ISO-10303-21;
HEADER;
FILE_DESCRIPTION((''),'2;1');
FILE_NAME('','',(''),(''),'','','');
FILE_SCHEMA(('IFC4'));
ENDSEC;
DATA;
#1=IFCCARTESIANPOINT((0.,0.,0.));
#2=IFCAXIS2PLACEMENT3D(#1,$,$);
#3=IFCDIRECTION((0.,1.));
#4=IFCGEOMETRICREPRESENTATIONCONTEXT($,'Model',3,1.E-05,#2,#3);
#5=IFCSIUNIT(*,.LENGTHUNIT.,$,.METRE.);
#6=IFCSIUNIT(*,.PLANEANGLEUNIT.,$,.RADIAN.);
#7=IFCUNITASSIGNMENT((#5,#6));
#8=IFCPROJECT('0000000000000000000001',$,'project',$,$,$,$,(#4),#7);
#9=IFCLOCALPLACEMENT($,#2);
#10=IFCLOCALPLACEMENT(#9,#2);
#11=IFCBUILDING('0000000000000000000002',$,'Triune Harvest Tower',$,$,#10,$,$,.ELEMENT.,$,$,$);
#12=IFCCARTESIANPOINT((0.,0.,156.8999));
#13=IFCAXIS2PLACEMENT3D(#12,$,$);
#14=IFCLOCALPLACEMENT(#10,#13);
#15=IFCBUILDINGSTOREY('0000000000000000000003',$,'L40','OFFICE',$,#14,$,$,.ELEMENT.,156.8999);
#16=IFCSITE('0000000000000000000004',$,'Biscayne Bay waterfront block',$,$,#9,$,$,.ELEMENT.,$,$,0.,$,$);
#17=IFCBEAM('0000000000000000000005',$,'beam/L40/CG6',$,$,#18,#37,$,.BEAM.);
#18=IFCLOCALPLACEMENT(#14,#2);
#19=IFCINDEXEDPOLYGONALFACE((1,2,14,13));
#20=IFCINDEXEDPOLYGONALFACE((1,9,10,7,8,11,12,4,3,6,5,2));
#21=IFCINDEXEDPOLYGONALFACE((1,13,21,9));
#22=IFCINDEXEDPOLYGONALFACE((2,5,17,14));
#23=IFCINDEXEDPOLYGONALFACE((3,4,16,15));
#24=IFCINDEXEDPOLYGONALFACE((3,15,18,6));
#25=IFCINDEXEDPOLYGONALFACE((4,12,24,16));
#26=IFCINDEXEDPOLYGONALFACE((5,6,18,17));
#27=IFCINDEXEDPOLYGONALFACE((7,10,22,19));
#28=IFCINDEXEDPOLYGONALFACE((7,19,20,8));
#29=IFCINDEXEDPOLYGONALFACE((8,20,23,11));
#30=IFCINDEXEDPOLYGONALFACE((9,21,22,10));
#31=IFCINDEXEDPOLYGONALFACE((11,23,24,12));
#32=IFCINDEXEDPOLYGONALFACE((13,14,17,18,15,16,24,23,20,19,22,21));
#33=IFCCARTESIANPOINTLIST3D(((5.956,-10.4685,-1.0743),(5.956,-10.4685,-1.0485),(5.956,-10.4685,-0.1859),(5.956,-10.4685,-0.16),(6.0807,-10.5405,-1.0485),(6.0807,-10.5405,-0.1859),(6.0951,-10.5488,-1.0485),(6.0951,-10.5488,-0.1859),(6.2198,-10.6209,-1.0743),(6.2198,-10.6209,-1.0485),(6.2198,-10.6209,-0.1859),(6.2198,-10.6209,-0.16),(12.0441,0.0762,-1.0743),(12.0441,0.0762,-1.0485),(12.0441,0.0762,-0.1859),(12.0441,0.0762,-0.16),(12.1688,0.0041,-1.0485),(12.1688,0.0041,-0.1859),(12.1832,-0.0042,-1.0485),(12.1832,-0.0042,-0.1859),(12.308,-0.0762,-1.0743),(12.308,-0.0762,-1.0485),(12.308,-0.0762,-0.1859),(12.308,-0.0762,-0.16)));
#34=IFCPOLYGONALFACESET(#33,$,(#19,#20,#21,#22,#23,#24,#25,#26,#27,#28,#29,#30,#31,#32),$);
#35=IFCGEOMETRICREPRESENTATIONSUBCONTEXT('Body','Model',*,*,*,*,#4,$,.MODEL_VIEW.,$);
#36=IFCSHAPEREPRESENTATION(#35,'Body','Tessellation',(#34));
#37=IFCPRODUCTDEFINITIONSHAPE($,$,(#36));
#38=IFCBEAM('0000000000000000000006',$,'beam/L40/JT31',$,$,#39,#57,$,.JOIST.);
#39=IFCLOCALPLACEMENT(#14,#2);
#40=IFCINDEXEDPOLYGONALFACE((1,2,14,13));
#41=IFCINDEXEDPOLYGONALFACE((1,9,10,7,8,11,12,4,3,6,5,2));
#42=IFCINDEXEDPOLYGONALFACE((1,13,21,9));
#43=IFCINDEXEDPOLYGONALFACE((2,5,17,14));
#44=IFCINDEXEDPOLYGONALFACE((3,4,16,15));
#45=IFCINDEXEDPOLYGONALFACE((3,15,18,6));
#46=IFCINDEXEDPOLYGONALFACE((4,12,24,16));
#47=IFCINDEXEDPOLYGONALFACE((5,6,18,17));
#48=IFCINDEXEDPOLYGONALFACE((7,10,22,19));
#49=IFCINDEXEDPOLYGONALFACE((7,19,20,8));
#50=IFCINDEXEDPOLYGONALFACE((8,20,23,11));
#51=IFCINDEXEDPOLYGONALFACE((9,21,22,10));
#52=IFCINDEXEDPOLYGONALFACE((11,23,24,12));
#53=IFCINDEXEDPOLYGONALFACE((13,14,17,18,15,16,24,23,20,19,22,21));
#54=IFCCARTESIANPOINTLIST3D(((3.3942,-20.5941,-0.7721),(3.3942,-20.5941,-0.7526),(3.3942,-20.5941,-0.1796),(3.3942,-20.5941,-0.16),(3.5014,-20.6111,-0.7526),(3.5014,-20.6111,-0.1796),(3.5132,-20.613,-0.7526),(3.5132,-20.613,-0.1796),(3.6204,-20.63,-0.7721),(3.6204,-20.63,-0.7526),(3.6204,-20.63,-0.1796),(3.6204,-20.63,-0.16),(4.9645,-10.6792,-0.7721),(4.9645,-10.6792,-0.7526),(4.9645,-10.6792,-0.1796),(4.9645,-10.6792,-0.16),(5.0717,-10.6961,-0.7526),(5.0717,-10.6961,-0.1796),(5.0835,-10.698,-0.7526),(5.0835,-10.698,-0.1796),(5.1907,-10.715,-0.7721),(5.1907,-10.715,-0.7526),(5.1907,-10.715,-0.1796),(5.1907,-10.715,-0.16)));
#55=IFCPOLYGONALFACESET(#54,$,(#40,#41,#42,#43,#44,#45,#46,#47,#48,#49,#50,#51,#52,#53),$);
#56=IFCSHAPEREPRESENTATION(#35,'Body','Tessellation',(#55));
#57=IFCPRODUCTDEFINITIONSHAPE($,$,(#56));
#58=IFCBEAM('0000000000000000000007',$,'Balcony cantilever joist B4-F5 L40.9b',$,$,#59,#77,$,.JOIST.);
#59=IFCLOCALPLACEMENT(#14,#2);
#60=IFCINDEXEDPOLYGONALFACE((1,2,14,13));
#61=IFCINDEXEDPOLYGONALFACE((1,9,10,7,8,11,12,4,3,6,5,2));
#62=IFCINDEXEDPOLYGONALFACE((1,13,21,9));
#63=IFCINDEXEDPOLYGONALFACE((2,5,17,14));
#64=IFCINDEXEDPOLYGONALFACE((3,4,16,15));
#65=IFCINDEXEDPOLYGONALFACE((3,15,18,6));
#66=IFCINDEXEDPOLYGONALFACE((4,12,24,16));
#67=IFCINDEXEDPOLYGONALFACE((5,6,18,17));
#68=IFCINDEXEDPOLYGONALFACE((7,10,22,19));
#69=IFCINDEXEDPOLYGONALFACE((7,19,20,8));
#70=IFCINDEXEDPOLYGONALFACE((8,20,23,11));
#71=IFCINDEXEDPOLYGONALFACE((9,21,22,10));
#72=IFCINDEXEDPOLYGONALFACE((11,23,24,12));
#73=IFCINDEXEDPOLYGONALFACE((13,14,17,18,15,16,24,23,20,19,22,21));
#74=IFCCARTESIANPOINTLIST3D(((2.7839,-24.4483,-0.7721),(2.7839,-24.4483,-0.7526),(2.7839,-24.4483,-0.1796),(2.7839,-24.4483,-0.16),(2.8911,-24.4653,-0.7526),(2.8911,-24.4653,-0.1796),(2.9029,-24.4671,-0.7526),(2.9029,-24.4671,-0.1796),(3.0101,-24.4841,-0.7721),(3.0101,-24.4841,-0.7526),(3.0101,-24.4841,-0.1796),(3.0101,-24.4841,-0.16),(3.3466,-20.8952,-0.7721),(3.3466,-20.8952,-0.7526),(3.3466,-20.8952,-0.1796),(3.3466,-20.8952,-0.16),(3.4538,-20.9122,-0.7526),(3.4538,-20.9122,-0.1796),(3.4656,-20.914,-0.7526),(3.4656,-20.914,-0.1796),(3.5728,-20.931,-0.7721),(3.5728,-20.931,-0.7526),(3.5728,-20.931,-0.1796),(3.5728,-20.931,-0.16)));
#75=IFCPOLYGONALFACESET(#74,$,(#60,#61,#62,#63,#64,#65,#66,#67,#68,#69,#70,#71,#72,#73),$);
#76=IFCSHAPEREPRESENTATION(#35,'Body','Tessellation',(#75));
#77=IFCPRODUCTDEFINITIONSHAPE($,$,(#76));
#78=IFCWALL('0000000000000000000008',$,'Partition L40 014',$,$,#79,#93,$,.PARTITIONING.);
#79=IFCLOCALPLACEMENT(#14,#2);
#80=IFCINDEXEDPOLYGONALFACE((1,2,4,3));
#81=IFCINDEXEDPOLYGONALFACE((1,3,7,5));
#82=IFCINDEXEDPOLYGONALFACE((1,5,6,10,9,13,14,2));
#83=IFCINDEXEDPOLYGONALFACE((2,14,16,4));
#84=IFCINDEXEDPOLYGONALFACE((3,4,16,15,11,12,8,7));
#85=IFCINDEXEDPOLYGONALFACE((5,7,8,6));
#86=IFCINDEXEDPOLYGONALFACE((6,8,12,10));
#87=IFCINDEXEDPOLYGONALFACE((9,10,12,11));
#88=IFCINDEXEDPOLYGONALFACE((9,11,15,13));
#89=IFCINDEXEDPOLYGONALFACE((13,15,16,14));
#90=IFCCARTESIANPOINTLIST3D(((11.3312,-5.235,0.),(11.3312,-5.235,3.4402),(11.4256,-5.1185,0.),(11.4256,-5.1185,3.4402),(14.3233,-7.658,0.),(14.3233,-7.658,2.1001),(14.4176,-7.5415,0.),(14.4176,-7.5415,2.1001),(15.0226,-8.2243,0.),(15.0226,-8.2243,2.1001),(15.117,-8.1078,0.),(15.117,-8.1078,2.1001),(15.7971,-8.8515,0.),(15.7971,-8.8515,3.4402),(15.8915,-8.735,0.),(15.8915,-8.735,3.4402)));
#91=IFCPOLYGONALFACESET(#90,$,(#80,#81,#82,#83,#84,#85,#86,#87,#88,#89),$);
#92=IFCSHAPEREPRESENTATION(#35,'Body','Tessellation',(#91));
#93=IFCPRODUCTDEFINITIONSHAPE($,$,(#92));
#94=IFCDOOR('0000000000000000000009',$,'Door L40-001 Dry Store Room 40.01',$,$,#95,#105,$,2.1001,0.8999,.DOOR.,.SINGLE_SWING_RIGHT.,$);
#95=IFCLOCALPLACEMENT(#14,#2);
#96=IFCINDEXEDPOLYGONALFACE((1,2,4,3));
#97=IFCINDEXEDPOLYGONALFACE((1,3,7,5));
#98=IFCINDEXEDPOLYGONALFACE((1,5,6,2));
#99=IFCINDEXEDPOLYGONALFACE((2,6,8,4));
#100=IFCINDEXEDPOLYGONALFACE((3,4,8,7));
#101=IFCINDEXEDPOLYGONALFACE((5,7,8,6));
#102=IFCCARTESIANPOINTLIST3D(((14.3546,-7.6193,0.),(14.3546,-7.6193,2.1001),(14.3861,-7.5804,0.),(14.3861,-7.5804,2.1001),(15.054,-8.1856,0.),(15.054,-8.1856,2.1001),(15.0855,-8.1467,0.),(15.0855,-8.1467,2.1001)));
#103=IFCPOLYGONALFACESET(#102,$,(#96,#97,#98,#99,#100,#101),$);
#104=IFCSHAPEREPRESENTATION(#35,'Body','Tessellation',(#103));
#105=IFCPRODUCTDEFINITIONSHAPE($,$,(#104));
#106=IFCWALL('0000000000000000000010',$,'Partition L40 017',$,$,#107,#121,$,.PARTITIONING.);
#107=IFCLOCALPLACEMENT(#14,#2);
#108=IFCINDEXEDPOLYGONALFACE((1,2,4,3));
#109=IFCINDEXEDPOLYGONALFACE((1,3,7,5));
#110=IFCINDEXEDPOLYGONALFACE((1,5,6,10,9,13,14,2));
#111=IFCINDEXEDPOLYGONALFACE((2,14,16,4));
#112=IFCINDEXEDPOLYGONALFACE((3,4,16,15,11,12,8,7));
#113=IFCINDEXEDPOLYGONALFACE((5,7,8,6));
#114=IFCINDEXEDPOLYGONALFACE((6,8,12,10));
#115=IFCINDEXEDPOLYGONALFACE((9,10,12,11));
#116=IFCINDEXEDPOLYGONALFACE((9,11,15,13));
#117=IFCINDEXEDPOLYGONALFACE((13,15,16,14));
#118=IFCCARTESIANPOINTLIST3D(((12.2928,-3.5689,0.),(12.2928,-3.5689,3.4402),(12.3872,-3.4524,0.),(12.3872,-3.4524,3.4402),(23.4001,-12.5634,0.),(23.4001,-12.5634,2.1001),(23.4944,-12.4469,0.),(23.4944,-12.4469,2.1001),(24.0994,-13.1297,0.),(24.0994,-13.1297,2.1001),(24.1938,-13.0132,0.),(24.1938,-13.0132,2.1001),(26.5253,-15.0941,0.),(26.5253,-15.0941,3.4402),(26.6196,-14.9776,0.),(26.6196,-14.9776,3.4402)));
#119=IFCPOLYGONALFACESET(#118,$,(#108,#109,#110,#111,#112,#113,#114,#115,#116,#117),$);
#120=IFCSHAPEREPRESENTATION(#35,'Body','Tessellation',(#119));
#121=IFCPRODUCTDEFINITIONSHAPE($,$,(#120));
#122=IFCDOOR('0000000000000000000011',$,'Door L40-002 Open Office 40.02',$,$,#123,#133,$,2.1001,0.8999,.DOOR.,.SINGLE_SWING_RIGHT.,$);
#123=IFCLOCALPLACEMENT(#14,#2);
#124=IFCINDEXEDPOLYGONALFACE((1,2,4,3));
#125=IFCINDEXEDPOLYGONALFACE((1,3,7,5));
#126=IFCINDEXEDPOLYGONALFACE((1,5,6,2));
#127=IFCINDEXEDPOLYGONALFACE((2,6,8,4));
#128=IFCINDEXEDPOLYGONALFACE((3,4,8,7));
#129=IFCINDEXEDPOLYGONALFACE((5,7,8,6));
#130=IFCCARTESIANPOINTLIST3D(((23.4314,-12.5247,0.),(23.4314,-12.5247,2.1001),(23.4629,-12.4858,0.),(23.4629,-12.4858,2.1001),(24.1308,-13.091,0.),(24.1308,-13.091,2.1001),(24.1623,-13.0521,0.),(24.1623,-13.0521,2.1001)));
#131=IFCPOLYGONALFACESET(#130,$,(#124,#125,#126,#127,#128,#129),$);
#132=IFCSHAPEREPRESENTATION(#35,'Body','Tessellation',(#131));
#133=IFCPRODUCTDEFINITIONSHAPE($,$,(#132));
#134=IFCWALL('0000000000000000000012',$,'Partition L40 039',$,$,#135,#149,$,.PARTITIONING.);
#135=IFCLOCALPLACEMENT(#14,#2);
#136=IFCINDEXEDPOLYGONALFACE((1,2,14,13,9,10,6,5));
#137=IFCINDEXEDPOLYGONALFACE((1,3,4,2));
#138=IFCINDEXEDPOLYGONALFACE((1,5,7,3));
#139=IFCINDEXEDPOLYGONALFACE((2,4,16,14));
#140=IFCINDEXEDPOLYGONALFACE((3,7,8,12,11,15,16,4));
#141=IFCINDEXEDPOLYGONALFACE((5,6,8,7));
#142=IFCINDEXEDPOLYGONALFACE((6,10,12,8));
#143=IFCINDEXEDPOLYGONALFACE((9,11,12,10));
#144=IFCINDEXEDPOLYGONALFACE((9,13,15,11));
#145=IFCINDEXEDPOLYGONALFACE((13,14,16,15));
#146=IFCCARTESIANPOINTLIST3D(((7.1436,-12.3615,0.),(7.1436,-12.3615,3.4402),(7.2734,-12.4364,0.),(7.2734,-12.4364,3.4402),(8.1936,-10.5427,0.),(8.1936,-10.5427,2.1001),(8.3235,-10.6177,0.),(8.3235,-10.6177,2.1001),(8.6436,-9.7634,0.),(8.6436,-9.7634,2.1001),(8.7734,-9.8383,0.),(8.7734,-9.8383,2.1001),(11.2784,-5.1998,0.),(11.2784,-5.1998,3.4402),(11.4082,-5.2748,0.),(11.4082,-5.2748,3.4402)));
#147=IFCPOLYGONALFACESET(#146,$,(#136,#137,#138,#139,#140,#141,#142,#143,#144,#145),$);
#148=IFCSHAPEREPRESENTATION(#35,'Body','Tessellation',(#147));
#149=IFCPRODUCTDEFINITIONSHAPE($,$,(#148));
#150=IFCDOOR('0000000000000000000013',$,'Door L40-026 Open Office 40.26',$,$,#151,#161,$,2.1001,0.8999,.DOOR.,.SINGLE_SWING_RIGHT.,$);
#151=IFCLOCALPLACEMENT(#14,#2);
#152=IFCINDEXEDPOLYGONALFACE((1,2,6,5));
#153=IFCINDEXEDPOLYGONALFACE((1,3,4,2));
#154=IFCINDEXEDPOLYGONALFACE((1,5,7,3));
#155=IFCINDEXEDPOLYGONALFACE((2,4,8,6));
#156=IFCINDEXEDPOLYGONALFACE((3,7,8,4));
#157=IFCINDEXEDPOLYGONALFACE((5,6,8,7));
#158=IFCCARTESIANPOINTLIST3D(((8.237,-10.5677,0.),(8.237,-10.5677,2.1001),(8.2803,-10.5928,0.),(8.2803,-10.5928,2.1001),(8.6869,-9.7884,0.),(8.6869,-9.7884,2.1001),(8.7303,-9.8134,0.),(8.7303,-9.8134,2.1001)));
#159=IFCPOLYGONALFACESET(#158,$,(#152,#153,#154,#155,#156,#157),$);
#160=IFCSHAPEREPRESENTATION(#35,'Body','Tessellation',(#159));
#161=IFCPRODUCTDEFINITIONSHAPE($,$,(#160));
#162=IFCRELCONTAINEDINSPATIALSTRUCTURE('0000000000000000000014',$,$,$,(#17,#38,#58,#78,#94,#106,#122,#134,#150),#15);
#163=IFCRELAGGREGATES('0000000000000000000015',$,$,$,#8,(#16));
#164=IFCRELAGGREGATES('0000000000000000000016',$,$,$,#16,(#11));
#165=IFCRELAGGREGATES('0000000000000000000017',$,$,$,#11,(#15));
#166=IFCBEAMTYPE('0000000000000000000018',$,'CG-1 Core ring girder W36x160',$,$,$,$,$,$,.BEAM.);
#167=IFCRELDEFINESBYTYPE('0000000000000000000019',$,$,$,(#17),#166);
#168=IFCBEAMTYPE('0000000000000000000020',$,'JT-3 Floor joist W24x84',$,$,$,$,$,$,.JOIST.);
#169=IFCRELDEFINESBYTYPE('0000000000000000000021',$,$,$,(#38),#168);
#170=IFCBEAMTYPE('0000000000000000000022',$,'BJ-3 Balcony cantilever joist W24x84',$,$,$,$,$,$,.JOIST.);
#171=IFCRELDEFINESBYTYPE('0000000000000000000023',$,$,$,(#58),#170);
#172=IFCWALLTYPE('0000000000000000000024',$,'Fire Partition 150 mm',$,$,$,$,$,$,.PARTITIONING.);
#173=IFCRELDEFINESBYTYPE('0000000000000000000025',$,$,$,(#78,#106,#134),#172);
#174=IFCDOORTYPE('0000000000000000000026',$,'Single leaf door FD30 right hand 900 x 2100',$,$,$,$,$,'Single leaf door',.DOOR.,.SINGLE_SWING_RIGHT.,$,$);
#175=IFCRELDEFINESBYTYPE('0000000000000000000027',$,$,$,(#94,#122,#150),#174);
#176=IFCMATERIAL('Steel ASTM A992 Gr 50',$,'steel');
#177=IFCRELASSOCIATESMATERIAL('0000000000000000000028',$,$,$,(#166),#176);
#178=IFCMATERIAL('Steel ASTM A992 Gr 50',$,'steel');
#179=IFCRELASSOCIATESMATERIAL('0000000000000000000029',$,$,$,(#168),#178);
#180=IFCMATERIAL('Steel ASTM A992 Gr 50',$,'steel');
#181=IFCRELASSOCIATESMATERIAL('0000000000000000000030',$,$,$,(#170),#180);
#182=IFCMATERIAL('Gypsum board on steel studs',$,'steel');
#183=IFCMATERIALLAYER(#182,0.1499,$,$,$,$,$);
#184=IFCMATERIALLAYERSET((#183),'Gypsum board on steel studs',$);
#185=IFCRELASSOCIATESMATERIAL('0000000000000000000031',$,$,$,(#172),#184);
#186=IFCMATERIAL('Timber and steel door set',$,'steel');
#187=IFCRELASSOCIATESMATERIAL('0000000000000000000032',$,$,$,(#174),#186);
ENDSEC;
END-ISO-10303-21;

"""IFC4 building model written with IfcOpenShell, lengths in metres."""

from ifc_helpers import new_model, si_unit, direction, frame, frame_2d, origin, origin_2d, place, context, subcontext, project, spatial, rectangle, i_section, extrude, source, transform, mapped, material, layer, layer_set, material_profile, profile_set, type_object, element, fill, save


model = new_model("IFC4")

# Units and contexts
model_context = context("Model", 3, precision=1e-05, world=origin(), true_north=direction((0.0, 1.0)))
body_context = subcontext(model_context, "Body", "Model", "MODEL_VIEW")
ifc_project = project(units=[si_unit("LENGTHUNIT", "METRE"), si_unit("PLANEANGLEUNIT", "RADIAN")], contexts=[model_context])

# Site, building, storey
site_placement = place(None, origin())
site = spatial("IfcSite", under=ifc_project, at=site_placement, Name="Biscayne Bay waterfront block", CompositionType="ELEMENT", RefElevation=0.0)
building_placement = place(site_placement, origin())
building = spatial("IfcBuilding", under=site, at=building_placement, Name="Triune Harvest Tower", CompositionType="ELEMENT")
storey_placement = place(building_placement, frame((0.0, 0.0, 156.8999)))
storey = spatial("IfcBuildingStorey", under=building, at=storey_placement, Name="L40", Description="OFFICE", CompositionType="ELEMENT", Elevation=156.8999)

# Beams
ifc_material_1 = material(Name="Steel ASTM A992 Gr 50", Category="steel")
ifc_material_profile_1 = material_profile(ifc_material_1, i_section(OverallWidth=0.3047, OverallDepth=0.9143, WebThickness=0.0166, FlangeThickness=0.0259, at=origin_2d()), Name="W36x160")
ifc_profile_set_1 = profile_set([ifc_material_profile_1], Name="Steel ASTM A992 Gr 50")
beam_type_1 = type_object("IfcBeamType", Name="CG-1 Core ring girder W36x160", PredefinedType="BEAM", material=ifc_profile_set_1)
shared_shape_1 = source(origin(), body_context, "Body", "SweptSolid", [
    extrude(i_section(OverallWidth=0.3047, OverallDepth=0.9143, WebThickness=0.0166, FlangeThickness=0.0259, at=origin_2d()), origin(), (0.0, 0.0, 1.0), 12.176),
])
beam_1_placement = place(storey_placement, frame((6.0879, -10.5447, -0.6172), z_axis=(0.50001, 0.86602, 0.0), x_axis=(-0.86602, 0.50001, 0.0)))
element("IfcBeam", 1, at=beam_1_placement, inside=storey, type_object=beam_type_1, Name="beam/L40/CG6", PredefinedType="BEAM", context=body_context, shape_type="MappedRepresentation", body=[
    mapped(shared_shape_1, transform((0.0, 0.0, 0.0), scale=1.0)),
])
ifc_material_2 = material(Name="Steel ASTM A992 Gr 50", Category="steel")
ifc_material_profile_2 = material_profile(ifc_material_2, i_section(OverallWidth=0.229, OverallDepth=0.6121, WebThickness=0.012, FlangeThickness=0.0195, at=origin_2d()), Name="W24x84")
ifc_profile_set_2 = profile_set([ifc_material_profile_2], Name="Steel ASTM A992 Gr 50")
beam_type_2 = type_object("IfcBeamType", Name="JT-3 Floor joist W24x84", PredefinedType="JOIST", material=ifc_profile_set_2)
shared_shape_2 = source(origin(), body_context, "Body", "SweptSolid", [
    extrude(i_section(OverallWidth=0.229, OverallDepth=0.6121, WebThickness=0.012, FlangeThickness=0.0195, at=origin_2d()), origin(), (0.0, 0.0, 1.0), 10.0386),
])
beam_2_placement = place(storey_placement, frame((3.5073, -20.6121, -0.4661), z_axis=(0.156427, 0.98769, 0.0), x_axis=(-0.98769, 0.156427, 0.0)))
element("IfcBeam", 2, at=beam_2_placement, inside=storey, type_object=beam_type_2, Name="beam/L40/JT31", PredefinedType="JOIST", context=body_context, shape_type="MappedRepresentation", body=[
    mapped(shared_shape_2, transform((0.0, 0.0, 0.0), scale=1.0)),
])
ifc_material_3 = material(Name="Steel ASTM A992 Gr 50", Category="steel")
ifc_material_profile_3 = material_profile(ifc_material_3, i_section(OverallWidth=0.229, OverallDepth=0.6121, WebThickness=0.012, FlangeThickness=0.0195, at=origin_2d()), Name="W24x84")
ifc_profile_set_3 = profile_set([ifc_material_profile_3], Name="Steel ASTM A992 Gr 50")
beam_type_3 = type_object("IfcBeamType", Name="BJ-3 Balcony cantilever joist W24x84", PredefinedType="JOIST", material=ifc_profile_set_3)
shared_shape_3 = source(origin(), body_context, "Body", "SweptSolid", [
    extrude(i_section(OverallWidth=0.229, OverallDepth=0.6121, WebThickness=0.012, FlangeThickness=0.0195, at=origin_2d()), origin(), (0.0, 0.0, 1.0), 3.5974),
])
beam_3_placement = place(storey_placement, frame((3.4597, -20.9131, -0.4661), z_axis=(-0.156426, -0.98769, 0.0), x_axis=(0.98769, -0.156426, 0.0)))
element("IfcBeam", 3, at=beam_3_placement, inside=storey, type_object=beam_type_3, Name="Balcony cantilever joist B4-F5 L40.9b", PredefinedType="JOIST", context=body_context, shape_type="MappedRepresentation", body=[
    mapped(shared_shape_3, transform((0.0, 0.0, 0.0), scale=1.0)),
])

# Walls, openings, doors
ifc_material_4 = material(Name="Gypsum board on steel studs", Category="steel")
ifc_layer_1 = layer(ifc_material_4, 0.1499)
ifc_layer_set_1 = layer_set([ifc_layer_1], Name="Gypsum board on steel studs")
wall_type_1 = type_object("IfcWallType", Name="Fire Partition 150 mm", PredefinedType="PARTITIONING", material=ifc_layer_set_1)
wall_1_placement = place(storey_placement, frame((11.3784, -5.1768, 0.0), z_axis=(0.0, 0.0, 1.0), x_axis=(0.777137, -0.629331, 0.0)))
wall_1 = element("IfcWall", 4, at=wall_1_placement, inside=storey, type_object=wall_type_1, Name="Partition L40 014", PredefinedType="PARTITIONING", context=body_context, shape_type="SweptSolid", body=[
    extrude(rectangle(XDim=5.7466, YDim=0.1499, at=frame_2d((2.8733, 0.0))), origin(), (0.0, 0.0, 1.0), 3.4402),
])
opening_1_placement = place(wall_1_placement, frame((3.8501, 0.0, 0.0)))
opening_1 = element("IfcOpeningElement", 5, at=opening_1_placement, cuts=wall_1, PredefinedType="OPENING", context=body_context, shape_type="SweptSolid", body=[
    extrude(rectangle(XDim=0.8999, YDim=2.1001, at=frame_2d((0.45, 1.05))), frame((0.0, 0.085, 0.0), z_axis=(0.0, -1.0, 0.0), x_axis=(1.0, 0.0, 0.0)), (0.0, 0.0, 1.0), 0.1699),
])
ifc_material_5 = material(Name="Timber and steel door set", Category="steel")
door_type_1 = type_object("IfcDoorType", Name="Single leaf door FD30 right hand 900 x 2100", ElementType="Single leaf door", OperationType="SINGLE_SWING_RIGHT", PredefinedType="DOOR", material=ifc_material_5)
door_1_placement = place(opening_1_placement, origin())
door_1 = element("IfcDoor", 6, at=door_1_placement, inside=storey, type_object=door_type_1, Name="Door L40-001 Dry Store Room 40.01", OperationType="SINGLE_SWING_RIGHT", OverallHeight=2.1001, OverallWidth=0.8999, PredefinedType="DOOR", context=body_context, shape_type="SweptSolid", body=[
    extrude(rectangle(XDim=0.8999, YDim=2.1001, at=frame_2d((0.45, 1.05))), frame((0.0, 0.0249, 0.0), z_axis=(0.0, -1.0, 0.0), x_axis=(1.0, 0.0, 0.0)), (0.0, 0.0, 1.0), 0.05),
])
fill(opening_1, door_1)
wall_2_placement = place(storey_placement, frame((12.3401, -3.5107, 0.0), z_axis=(0.0, 0.0, 1.0), x_axis=(0.777147, -0.629319, 0.0)))
wall_2 = element("IfcWall", 7, at=wall_2_placement, inside=storey, type_object=wall_type_1, Name="Partition L40 017", PredefinedType="PARTITIONING", context=body_context, shape_type="SweptSolid", body=[
    extrude(rectangle(XDim=18.3137, YDim=0.1499, at=frame_2d((9.1567, 0.0))), origin(), (0.0, 0.0, 1.0), 3.4402),
])
opening_2_placement = place(wall_2_placement, frame((14.2922, 0.0, 0.0)))
opening_2 = element("IfcOpeningElement", 8, at=opening_2_placement, cuts=wall_2, PredefinedType="OPENING", context=body_context, shape_type="SweptSolid", body=[
    extrude(rectangle(XDim=0.8999, YDim=2.1001, at=frame_2d((0.45, 1.05))), frame((0.0, 0.085, 0.0), z_axis=(0.0, -1.0, 0.0), x_axis=(1.0, 0.0, 0.0)), (0.0, 0.0, 1.0), 0.1699),
])
door_2_placement = place(opening_2_placement, origin())
door_2 = element("IfcDoor", 9, at=door_2_placement, inside=storey, type_object=door_type_1, Name="Door L40-002 Open Office 40.02", OperationType="SINGLE_SWING_RIGHT", OverallHeight=2.1001, OverallWidth=0.8999, PredefinedType="DOOR", context=body_context, shape_type="SweptSolid", body=[
    extrude(rectangle(XDim=0.8999, YDim=2.1001, at=frame_2d((0.45, 1.05))), frame((0.0, 0.0249, 0.0), z_axis=(0.0, -1.0, 0.0), x_axis=(1.0, 0.0, 0.0)), (0.0, 0.0, 1.0), 0.05),
])
fill(opening_2, door_2)
wall_3_placement = place(storey_placement, frame((7.2085, -12.3989, 0.0), z_axis=(0.0, 0.0, 1.0), x_axis=(0.5, 0.866025, 0.0)))
wall_3 = element("IfcWall", 10, at=wall_3_placement, inside=storey, type_object=wall_type_1, Name="Partition L40 039", PredefinedType="PARTITIONING", context=body_context, shape_type="SweptSolid", body=[
    extrude(rectangle(XDim=8.2695, YDim=0.1499, at=frame_2d((4.1348, 0.0))), origin(), (0.0, 0.0, 1.0), 3.4402),
])
opening_3_placement = place(wall_3_placement, frame((2.1001, 0.0, 0.0)))
opening_3 = element("IfcOpeningElement", 11, at=opening_3_placement, cuts=wall_3, PredefinedType="OPENING", context=body_context, shape_type="SweptSolid", body=[
    extrude(rectangle(XDim=0.8999, YDim=2.1001, at=frame_2d((0.45, 1.05))), frame((0.0, 0.085, 0.0), z_axis=(0.0, -1.0, 0.0), x_axis=(1.0, 0.0, 0.0)), (0.0, 0.0, 1.0), 0.1699),
])
door_3_placement = place(opening_3_placement, origin())
door_3 = element("IfcDoor", 12, at=door_3_placement, inside=storey, type_object=door_type_1, Name="Door L40-026 Open Office 40.26", OperationType="SINGLE_SWING_RIGHT", OverallHeight=2.1001, OverallWidth=0.8999, PredefinedType="DOOR", context=body_context, shape_type="SweptSolid", body=[
    extrude(rectangle(XDim=0.8999, YDim=2.1001, at=frame_2d((0.45, 1.05))), frame((0.0, 0.0249, 0.0), z_axis=(0.0, -1.0, 0.0), x_axis=(1.0, 0.0, 0.0)), (0.0, 0.0, 1.0), 0.05),
])
fill(opening_3, door_3)

save(model, "model.ifc")
